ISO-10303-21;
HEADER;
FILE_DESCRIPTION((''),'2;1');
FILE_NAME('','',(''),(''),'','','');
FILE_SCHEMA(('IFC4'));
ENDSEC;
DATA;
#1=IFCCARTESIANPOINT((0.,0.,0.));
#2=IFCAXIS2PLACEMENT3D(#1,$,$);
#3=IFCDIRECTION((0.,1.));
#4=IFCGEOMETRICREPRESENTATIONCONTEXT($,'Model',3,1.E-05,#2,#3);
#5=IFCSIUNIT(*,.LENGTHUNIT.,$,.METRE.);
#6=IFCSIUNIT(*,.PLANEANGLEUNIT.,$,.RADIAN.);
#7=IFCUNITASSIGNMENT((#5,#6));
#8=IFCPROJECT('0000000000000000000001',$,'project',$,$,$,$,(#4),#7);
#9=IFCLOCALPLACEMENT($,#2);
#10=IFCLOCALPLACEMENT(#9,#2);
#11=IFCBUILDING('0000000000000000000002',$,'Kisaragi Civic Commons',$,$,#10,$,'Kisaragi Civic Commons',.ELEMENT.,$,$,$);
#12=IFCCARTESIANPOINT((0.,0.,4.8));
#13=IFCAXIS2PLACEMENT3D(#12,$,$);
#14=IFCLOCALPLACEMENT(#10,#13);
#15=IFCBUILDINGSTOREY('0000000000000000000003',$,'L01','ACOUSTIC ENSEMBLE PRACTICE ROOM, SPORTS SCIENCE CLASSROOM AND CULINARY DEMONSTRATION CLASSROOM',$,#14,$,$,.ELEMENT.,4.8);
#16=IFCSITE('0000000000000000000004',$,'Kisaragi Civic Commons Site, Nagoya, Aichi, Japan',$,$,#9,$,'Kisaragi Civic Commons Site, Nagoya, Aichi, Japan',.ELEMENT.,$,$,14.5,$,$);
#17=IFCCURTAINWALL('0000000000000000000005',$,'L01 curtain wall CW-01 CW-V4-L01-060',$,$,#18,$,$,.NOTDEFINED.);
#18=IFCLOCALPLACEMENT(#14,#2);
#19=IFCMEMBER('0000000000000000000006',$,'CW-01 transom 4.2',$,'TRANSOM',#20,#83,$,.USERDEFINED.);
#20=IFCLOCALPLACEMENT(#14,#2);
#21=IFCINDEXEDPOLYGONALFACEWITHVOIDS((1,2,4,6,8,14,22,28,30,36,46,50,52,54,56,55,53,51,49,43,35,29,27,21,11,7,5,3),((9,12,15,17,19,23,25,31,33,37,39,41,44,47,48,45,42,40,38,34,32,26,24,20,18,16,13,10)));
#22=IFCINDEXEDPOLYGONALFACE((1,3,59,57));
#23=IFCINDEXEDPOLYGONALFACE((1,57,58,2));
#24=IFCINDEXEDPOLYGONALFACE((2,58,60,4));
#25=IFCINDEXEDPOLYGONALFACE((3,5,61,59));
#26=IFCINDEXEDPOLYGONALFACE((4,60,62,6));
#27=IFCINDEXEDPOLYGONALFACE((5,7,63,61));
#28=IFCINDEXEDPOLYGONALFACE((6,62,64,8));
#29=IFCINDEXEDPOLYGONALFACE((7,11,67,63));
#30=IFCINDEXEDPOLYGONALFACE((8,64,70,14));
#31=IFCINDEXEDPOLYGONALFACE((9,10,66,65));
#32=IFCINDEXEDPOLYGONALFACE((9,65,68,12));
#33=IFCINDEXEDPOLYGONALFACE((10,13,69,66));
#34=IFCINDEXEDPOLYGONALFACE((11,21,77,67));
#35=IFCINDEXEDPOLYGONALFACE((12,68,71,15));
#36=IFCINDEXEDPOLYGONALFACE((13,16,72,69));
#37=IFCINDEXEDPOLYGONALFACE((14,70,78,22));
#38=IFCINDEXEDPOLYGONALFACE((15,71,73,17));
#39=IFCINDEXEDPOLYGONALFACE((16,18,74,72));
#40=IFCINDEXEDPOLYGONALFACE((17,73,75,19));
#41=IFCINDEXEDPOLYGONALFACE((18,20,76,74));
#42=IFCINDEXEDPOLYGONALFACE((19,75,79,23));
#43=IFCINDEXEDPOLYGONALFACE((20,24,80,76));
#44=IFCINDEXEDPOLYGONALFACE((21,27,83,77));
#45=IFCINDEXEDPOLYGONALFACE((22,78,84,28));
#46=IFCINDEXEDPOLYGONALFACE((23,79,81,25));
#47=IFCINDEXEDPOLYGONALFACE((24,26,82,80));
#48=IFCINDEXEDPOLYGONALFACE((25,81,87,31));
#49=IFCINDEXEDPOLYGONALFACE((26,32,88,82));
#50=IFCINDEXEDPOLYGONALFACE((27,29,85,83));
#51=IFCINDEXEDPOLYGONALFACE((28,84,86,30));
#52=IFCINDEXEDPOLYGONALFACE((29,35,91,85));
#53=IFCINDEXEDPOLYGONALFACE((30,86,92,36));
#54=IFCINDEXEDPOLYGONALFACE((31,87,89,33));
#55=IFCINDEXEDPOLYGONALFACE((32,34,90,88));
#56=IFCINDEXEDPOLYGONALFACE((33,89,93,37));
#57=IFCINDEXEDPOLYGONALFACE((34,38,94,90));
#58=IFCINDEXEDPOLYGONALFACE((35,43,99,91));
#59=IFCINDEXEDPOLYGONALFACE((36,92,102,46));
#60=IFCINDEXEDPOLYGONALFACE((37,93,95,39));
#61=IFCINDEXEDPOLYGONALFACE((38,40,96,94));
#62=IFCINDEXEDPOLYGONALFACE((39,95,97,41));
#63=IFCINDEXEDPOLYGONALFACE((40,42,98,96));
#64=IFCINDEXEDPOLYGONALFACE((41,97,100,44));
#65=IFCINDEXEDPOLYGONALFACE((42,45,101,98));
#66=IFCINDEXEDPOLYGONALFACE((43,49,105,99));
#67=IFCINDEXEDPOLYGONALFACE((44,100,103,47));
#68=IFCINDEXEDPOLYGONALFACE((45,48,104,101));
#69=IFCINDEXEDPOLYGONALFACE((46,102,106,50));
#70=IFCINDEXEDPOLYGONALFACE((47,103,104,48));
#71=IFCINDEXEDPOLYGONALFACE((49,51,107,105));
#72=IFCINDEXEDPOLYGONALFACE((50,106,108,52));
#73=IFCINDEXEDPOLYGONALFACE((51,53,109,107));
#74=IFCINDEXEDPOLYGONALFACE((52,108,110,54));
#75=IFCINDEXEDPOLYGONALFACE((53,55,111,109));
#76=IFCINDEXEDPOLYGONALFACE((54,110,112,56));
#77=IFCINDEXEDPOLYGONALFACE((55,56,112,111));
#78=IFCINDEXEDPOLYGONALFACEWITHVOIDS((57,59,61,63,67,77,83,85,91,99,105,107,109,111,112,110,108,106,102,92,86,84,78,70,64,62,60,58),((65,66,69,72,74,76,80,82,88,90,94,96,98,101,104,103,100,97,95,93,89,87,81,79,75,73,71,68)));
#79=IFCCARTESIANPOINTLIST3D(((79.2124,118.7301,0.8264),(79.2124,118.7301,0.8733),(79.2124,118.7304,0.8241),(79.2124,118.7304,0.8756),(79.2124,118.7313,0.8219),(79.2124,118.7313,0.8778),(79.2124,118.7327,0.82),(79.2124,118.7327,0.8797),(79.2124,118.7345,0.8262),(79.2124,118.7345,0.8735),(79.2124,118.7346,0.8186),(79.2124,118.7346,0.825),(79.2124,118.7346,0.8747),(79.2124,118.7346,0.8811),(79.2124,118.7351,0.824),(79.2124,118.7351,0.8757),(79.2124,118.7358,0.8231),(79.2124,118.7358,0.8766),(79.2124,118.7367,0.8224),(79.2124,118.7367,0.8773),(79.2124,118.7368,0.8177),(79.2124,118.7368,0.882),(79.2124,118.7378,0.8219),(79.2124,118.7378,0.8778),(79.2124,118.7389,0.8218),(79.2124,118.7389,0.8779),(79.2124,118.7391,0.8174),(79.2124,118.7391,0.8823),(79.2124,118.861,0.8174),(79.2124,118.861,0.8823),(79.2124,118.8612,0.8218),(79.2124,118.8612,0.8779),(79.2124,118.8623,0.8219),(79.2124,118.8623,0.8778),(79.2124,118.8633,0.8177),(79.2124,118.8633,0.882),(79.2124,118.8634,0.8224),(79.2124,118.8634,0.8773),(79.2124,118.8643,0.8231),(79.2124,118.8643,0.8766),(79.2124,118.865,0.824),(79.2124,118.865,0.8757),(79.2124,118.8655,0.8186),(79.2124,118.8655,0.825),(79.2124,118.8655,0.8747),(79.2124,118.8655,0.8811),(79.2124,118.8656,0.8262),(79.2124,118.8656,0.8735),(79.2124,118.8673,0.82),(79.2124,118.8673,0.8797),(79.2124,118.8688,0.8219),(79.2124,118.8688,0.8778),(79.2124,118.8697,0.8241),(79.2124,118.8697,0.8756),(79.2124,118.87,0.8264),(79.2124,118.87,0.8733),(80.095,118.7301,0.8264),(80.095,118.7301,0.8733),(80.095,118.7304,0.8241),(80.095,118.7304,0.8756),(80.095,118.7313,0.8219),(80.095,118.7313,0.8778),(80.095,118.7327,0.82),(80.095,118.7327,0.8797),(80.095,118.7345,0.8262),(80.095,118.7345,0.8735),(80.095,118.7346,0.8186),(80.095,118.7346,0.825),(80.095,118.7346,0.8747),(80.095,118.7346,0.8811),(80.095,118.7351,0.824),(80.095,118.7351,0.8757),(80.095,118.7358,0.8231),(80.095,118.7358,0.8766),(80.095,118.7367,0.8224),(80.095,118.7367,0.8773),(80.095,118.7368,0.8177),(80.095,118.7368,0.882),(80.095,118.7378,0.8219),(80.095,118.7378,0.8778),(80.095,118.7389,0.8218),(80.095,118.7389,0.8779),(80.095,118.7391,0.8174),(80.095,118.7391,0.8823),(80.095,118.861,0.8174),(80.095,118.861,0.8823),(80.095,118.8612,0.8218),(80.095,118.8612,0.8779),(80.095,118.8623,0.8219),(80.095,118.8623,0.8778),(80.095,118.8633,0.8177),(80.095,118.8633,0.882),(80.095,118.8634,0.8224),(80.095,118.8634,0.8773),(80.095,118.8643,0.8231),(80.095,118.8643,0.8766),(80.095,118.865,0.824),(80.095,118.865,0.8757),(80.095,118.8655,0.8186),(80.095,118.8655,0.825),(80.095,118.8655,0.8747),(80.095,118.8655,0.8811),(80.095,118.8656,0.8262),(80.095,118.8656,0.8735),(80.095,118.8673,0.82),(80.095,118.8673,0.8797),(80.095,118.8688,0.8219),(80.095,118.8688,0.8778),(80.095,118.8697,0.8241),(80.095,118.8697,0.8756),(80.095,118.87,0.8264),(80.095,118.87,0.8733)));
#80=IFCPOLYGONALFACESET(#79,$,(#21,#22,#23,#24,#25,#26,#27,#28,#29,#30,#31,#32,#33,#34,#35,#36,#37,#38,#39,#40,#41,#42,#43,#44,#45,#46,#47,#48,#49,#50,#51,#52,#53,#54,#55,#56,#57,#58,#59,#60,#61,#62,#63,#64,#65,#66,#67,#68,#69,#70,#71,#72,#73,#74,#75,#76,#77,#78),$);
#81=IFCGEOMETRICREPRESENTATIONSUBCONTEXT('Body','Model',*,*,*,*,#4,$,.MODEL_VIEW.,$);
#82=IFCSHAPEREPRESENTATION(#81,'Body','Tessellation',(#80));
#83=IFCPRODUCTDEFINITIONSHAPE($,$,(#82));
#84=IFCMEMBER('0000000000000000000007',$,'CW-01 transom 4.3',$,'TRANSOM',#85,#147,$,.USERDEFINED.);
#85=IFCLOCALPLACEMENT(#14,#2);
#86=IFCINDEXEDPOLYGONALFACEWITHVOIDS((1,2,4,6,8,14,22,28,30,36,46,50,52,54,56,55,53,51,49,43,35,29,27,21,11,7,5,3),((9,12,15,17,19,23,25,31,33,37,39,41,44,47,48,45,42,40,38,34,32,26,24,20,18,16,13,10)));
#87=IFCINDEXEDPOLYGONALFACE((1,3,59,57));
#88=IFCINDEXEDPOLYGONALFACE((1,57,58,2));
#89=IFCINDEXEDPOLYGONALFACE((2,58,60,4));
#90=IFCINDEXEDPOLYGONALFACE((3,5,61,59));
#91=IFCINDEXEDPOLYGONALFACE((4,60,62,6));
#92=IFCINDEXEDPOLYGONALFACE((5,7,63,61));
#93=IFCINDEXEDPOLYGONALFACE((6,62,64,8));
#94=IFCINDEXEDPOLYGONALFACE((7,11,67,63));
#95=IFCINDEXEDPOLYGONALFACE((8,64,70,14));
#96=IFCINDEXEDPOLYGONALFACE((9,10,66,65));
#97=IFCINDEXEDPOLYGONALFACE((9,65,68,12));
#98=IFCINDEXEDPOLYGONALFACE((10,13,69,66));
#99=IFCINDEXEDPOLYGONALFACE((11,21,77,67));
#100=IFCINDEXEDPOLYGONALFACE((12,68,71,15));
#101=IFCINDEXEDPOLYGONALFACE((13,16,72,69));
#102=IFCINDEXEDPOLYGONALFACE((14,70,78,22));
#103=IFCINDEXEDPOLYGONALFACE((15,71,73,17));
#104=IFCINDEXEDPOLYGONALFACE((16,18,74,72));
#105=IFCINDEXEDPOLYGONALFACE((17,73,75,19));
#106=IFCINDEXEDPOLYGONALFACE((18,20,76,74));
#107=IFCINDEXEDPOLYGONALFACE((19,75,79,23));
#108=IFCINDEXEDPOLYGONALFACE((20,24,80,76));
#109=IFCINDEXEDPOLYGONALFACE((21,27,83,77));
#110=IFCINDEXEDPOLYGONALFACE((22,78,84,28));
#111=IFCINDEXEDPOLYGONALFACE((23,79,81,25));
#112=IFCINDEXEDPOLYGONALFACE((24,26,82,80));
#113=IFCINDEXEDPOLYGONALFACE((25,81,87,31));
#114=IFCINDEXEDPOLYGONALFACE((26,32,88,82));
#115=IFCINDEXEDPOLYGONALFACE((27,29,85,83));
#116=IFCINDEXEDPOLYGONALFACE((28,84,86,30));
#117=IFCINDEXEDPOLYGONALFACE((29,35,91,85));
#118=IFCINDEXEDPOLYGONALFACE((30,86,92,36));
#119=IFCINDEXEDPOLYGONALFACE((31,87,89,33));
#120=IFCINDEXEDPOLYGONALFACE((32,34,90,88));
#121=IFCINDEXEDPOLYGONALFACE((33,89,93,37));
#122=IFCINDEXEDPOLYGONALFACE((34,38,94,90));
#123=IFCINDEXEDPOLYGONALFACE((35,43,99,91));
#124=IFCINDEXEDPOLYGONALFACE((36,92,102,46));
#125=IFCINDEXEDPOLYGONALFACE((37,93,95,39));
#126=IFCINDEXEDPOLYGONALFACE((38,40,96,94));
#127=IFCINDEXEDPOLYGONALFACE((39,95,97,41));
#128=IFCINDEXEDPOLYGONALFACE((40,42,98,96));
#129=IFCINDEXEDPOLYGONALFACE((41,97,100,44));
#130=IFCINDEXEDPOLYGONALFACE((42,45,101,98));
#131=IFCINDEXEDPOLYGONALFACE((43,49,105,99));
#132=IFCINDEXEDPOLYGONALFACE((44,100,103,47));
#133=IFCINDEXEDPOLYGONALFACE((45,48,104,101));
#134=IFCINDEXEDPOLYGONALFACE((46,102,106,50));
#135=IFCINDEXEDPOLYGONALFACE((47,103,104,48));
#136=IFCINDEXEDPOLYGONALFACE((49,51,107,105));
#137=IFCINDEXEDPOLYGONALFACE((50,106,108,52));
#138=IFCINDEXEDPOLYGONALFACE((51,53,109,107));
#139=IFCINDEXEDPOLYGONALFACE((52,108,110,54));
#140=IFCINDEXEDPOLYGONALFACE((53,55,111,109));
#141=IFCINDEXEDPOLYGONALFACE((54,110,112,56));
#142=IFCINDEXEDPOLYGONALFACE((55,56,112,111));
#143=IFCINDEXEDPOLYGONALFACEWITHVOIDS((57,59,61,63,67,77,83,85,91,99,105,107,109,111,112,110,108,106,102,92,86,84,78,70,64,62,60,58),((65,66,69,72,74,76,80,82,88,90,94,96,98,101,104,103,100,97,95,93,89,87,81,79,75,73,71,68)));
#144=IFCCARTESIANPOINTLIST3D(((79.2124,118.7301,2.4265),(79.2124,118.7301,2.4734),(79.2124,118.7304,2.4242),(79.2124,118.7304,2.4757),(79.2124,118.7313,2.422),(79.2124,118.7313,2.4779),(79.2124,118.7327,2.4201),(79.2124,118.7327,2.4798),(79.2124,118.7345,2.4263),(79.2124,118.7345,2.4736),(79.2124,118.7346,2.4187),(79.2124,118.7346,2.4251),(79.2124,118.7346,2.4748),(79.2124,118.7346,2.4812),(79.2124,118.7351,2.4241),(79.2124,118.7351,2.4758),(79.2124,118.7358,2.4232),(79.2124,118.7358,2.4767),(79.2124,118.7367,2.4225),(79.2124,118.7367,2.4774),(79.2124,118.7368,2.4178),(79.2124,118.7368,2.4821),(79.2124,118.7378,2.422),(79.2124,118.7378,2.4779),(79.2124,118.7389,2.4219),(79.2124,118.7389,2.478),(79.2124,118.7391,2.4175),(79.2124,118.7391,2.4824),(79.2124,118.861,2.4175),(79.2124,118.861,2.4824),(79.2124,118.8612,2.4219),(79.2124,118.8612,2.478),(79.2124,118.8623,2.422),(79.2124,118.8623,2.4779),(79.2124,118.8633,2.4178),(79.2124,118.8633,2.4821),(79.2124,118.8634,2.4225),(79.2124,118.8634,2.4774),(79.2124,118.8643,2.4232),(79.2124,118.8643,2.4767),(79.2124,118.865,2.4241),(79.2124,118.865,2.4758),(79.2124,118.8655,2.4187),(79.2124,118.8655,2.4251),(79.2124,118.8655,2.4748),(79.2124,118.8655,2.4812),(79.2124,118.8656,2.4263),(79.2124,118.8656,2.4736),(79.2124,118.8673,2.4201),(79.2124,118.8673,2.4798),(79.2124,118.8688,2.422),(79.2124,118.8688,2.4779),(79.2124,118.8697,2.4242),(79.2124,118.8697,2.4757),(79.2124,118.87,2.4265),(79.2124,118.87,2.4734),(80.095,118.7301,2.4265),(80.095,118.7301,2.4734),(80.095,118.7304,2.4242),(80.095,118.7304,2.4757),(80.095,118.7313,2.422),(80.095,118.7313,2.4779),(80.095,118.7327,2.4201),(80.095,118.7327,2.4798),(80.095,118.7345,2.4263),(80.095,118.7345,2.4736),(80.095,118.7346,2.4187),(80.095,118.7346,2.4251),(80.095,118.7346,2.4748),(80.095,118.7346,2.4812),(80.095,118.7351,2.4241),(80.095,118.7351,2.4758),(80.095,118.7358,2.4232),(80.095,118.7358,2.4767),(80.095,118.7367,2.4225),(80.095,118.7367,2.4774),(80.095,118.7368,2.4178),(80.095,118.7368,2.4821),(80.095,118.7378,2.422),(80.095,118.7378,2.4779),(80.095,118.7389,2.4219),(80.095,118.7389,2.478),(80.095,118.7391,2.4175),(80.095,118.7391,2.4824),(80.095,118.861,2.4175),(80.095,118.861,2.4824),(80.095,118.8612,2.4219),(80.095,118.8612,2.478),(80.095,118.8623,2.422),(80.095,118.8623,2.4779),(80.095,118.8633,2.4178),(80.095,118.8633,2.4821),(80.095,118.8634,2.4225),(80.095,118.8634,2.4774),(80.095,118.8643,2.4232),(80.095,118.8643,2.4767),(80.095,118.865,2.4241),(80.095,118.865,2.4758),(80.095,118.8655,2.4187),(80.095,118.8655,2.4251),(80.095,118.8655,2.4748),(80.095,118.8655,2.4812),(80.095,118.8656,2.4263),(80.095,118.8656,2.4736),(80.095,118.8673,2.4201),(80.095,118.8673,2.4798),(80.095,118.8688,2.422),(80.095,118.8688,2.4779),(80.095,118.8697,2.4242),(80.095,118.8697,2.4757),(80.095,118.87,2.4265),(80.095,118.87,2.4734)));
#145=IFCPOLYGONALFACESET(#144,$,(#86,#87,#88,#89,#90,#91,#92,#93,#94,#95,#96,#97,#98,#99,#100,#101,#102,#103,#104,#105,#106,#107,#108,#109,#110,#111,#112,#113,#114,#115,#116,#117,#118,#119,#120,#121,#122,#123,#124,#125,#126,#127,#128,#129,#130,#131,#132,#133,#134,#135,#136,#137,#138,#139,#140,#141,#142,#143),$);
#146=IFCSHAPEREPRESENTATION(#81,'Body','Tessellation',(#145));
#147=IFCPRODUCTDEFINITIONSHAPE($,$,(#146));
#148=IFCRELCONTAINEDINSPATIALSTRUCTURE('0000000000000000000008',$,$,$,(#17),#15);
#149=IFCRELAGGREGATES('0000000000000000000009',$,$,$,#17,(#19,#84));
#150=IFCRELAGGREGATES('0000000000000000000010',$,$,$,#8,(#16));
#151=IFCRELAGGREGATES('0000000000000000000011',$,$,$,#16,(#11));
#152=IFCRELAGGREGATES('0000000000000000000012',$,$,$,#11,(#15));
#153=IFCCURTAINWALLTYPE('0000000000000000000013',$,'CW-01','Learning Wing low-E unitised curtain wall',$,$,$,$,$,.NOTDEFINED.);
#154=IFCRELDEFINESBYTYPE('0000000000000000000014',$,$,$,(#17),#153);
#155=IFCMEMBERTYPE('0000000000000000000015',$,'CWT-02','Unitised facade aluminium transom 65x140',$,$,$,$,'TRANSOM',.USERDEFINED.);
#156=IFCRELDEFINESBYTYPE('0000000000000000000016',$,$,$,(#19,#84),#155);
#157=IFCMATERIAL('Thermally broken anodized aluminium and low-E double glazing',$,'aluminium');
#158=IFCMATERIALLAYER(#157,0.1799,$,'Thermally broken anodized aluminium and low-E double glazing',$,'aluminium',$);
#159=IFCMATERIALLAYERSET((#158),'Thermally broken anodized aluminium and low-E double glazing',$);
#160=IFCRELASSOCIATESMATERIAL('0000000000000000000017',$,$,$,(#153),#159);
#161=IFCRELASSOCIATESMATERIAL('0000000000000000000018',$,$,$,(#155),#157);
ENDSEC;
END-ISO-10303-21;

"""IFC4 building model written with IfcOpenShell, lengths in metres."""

from ifc_helpers import new_model, si_unit, direction, frame, origin, origin_2d, place, context, subcontext, project, spatial, hollow_rectangle, extrude, material, layer, layer_set, material_profile, profile_set, type_object, element, aggregate, save


model = new_model("IFC4")

# Units and contexts
model_context = context("Model", 3, precision=1e-05, world=origin(), true_north=direction((0.0, 1.0)))
body_context = subcontext(model_context, "Body", "Model", "MODEL_VIEW")
ifc_project = project(units=[si_unit("LENGTHUNIT", "METRE"), si_unit("PLANEANGLEUNIT", "RADIAN")], contexts=[model_context])

# Site, building, storey
site_placement = place(None, origin())
site = spatial("IfcSite", under=ifc_project, at=site_placement, Name="Kisaragi Civic Commons Site, Nagoya, Aichi, Japan", LongName="Kisaragi Civic Commons Site, Nagoya, Aichi, Japan", CompositionType="ELEMENT", RefElevation=14.5)
building_placement = place(site_placement, origin())
building = spatial("IfcBuilding", under=site, at=building_placement, Name="Kisaragi Civic Commons", LongName="Kisaragi Civic Commons", CompositionType="ELEMENT")
storey_placement = place(building_placement, frame((0.0, 0.0, 4.8)))
storey = spatial("IfcBuildingStorey", under=building, at=storey_placement, Name="L01", Description="ACOUSTIC ENSEMBLE PRACTICE ROOM, SPORTS SCIENCE CLASSROOM AND CULINARY DEMONSTRATION CLASSROOM", CompositionType="ELEMENT", Elevation=4.8)

# Curtain wall, members
ifc_material_1 = material(Name="Thermally broken anodized aluminium and low-E double glazing", Category="aluminium")
ifc_layer_1 = layer(ifc_material_1, 0.1799, Name="Thermally broken anodized aluminium and low-E double glazing", Category="aluminium")
ifc_layer_set_1 = layer_set([ifc_layer_1], Name="Thermally broken anodized aluminium and low-E double glazing")
curtain_wall_type = type_object("IfcCurtainWallType", Name="CW-01", Description="Learning Wing low-E unitised curtain wall", PredefinedType="NOTDEFINED", material=ifc_layer_set_1)
curtain_wall_placement = place(storey_placement, origin())
curtain_wall = element("IfcCurtainWall", 1, at=curtain_wall_placement, inside=storey, type_object=curtain_wall_type, Name="L01 curtain wall CW-01 CW-V4-L01-060", PredefinedType="NOTDEFINED")
ifc_material_profile_1 = material_profile(ifc_material_1, hollow_rectangle(XDim=0.1399, YDim=0.0649, WallThickness=0.0044, InnerFilletRadius=0.0044, OuterFilletRadius=0.009, at=origin_2d()), Name="CWT-65x140x4.5", Category="aluminium")
ifc_profile_set_1 = profile_set([ifc_material_profile_1], Name="Thermally broken anodized aluminium and low-E double glazing")
member_type_1 = type_object("IfcMemberType", Name="CWT-02", Description="Unitised facade aluminium transom 65x140", ElementType="TRANSOM", PredefinedType="USERDEFINED", material=ifc_profile_set_1)
member_1_placement = place(storey_placement, frame((79.2124, 118.8, 0.8499), z_axis=(1.0, 0.0, 0.0), x_axis=(0.0, 1.0, 0.0)))
member_1 = element("IfcMember", 2, at=member_1_placement, type_object=member_type_1, Name="CW-01 transom 4.2", ObjectType="TRANSOM", PredefinedType="USERDEFINED", context=body_context, shape_type="SweptSolid", body=[
    extrude(hollow_rectangle(XDim=0.1399, YDim=0.0649, WallThickness=0.0044, InnerFilletRadius=0.0044, OuterFilletRadius=0.009, at=origin_2d()), origin(), (0.0, 0.0, 1.0), 0.8826),
])
member_2_placement = place(storey_placement, frame((79.2124, 118.8, 2.45), z_axis=(1.0, 0.0, 0.0), x_axis=(0.0, 1.0, 0.0)))
member_2 = element("IfcMember", 3, at=member_2_placement, type_object=member_type_1, Name="CW-01 transom 4.3", ObjectType="TRANSOM", PredefinedType="USERDEFINED", context=body_context, shape_type="SweptSolid", body=[
    extrude(hollow_rectangle(XDim=0.1399, YDim=0.0649, WallThickness=0.0044, InnerFilletRadius=0.0044, OuterFilletRadius=0.009, at=origin_2d()), origin(), (0.0, 0.0, 1.0), 0.8826),
])
aggregate(curtain_wall, [member_1, member_2])

save(model, "model.ifc")
